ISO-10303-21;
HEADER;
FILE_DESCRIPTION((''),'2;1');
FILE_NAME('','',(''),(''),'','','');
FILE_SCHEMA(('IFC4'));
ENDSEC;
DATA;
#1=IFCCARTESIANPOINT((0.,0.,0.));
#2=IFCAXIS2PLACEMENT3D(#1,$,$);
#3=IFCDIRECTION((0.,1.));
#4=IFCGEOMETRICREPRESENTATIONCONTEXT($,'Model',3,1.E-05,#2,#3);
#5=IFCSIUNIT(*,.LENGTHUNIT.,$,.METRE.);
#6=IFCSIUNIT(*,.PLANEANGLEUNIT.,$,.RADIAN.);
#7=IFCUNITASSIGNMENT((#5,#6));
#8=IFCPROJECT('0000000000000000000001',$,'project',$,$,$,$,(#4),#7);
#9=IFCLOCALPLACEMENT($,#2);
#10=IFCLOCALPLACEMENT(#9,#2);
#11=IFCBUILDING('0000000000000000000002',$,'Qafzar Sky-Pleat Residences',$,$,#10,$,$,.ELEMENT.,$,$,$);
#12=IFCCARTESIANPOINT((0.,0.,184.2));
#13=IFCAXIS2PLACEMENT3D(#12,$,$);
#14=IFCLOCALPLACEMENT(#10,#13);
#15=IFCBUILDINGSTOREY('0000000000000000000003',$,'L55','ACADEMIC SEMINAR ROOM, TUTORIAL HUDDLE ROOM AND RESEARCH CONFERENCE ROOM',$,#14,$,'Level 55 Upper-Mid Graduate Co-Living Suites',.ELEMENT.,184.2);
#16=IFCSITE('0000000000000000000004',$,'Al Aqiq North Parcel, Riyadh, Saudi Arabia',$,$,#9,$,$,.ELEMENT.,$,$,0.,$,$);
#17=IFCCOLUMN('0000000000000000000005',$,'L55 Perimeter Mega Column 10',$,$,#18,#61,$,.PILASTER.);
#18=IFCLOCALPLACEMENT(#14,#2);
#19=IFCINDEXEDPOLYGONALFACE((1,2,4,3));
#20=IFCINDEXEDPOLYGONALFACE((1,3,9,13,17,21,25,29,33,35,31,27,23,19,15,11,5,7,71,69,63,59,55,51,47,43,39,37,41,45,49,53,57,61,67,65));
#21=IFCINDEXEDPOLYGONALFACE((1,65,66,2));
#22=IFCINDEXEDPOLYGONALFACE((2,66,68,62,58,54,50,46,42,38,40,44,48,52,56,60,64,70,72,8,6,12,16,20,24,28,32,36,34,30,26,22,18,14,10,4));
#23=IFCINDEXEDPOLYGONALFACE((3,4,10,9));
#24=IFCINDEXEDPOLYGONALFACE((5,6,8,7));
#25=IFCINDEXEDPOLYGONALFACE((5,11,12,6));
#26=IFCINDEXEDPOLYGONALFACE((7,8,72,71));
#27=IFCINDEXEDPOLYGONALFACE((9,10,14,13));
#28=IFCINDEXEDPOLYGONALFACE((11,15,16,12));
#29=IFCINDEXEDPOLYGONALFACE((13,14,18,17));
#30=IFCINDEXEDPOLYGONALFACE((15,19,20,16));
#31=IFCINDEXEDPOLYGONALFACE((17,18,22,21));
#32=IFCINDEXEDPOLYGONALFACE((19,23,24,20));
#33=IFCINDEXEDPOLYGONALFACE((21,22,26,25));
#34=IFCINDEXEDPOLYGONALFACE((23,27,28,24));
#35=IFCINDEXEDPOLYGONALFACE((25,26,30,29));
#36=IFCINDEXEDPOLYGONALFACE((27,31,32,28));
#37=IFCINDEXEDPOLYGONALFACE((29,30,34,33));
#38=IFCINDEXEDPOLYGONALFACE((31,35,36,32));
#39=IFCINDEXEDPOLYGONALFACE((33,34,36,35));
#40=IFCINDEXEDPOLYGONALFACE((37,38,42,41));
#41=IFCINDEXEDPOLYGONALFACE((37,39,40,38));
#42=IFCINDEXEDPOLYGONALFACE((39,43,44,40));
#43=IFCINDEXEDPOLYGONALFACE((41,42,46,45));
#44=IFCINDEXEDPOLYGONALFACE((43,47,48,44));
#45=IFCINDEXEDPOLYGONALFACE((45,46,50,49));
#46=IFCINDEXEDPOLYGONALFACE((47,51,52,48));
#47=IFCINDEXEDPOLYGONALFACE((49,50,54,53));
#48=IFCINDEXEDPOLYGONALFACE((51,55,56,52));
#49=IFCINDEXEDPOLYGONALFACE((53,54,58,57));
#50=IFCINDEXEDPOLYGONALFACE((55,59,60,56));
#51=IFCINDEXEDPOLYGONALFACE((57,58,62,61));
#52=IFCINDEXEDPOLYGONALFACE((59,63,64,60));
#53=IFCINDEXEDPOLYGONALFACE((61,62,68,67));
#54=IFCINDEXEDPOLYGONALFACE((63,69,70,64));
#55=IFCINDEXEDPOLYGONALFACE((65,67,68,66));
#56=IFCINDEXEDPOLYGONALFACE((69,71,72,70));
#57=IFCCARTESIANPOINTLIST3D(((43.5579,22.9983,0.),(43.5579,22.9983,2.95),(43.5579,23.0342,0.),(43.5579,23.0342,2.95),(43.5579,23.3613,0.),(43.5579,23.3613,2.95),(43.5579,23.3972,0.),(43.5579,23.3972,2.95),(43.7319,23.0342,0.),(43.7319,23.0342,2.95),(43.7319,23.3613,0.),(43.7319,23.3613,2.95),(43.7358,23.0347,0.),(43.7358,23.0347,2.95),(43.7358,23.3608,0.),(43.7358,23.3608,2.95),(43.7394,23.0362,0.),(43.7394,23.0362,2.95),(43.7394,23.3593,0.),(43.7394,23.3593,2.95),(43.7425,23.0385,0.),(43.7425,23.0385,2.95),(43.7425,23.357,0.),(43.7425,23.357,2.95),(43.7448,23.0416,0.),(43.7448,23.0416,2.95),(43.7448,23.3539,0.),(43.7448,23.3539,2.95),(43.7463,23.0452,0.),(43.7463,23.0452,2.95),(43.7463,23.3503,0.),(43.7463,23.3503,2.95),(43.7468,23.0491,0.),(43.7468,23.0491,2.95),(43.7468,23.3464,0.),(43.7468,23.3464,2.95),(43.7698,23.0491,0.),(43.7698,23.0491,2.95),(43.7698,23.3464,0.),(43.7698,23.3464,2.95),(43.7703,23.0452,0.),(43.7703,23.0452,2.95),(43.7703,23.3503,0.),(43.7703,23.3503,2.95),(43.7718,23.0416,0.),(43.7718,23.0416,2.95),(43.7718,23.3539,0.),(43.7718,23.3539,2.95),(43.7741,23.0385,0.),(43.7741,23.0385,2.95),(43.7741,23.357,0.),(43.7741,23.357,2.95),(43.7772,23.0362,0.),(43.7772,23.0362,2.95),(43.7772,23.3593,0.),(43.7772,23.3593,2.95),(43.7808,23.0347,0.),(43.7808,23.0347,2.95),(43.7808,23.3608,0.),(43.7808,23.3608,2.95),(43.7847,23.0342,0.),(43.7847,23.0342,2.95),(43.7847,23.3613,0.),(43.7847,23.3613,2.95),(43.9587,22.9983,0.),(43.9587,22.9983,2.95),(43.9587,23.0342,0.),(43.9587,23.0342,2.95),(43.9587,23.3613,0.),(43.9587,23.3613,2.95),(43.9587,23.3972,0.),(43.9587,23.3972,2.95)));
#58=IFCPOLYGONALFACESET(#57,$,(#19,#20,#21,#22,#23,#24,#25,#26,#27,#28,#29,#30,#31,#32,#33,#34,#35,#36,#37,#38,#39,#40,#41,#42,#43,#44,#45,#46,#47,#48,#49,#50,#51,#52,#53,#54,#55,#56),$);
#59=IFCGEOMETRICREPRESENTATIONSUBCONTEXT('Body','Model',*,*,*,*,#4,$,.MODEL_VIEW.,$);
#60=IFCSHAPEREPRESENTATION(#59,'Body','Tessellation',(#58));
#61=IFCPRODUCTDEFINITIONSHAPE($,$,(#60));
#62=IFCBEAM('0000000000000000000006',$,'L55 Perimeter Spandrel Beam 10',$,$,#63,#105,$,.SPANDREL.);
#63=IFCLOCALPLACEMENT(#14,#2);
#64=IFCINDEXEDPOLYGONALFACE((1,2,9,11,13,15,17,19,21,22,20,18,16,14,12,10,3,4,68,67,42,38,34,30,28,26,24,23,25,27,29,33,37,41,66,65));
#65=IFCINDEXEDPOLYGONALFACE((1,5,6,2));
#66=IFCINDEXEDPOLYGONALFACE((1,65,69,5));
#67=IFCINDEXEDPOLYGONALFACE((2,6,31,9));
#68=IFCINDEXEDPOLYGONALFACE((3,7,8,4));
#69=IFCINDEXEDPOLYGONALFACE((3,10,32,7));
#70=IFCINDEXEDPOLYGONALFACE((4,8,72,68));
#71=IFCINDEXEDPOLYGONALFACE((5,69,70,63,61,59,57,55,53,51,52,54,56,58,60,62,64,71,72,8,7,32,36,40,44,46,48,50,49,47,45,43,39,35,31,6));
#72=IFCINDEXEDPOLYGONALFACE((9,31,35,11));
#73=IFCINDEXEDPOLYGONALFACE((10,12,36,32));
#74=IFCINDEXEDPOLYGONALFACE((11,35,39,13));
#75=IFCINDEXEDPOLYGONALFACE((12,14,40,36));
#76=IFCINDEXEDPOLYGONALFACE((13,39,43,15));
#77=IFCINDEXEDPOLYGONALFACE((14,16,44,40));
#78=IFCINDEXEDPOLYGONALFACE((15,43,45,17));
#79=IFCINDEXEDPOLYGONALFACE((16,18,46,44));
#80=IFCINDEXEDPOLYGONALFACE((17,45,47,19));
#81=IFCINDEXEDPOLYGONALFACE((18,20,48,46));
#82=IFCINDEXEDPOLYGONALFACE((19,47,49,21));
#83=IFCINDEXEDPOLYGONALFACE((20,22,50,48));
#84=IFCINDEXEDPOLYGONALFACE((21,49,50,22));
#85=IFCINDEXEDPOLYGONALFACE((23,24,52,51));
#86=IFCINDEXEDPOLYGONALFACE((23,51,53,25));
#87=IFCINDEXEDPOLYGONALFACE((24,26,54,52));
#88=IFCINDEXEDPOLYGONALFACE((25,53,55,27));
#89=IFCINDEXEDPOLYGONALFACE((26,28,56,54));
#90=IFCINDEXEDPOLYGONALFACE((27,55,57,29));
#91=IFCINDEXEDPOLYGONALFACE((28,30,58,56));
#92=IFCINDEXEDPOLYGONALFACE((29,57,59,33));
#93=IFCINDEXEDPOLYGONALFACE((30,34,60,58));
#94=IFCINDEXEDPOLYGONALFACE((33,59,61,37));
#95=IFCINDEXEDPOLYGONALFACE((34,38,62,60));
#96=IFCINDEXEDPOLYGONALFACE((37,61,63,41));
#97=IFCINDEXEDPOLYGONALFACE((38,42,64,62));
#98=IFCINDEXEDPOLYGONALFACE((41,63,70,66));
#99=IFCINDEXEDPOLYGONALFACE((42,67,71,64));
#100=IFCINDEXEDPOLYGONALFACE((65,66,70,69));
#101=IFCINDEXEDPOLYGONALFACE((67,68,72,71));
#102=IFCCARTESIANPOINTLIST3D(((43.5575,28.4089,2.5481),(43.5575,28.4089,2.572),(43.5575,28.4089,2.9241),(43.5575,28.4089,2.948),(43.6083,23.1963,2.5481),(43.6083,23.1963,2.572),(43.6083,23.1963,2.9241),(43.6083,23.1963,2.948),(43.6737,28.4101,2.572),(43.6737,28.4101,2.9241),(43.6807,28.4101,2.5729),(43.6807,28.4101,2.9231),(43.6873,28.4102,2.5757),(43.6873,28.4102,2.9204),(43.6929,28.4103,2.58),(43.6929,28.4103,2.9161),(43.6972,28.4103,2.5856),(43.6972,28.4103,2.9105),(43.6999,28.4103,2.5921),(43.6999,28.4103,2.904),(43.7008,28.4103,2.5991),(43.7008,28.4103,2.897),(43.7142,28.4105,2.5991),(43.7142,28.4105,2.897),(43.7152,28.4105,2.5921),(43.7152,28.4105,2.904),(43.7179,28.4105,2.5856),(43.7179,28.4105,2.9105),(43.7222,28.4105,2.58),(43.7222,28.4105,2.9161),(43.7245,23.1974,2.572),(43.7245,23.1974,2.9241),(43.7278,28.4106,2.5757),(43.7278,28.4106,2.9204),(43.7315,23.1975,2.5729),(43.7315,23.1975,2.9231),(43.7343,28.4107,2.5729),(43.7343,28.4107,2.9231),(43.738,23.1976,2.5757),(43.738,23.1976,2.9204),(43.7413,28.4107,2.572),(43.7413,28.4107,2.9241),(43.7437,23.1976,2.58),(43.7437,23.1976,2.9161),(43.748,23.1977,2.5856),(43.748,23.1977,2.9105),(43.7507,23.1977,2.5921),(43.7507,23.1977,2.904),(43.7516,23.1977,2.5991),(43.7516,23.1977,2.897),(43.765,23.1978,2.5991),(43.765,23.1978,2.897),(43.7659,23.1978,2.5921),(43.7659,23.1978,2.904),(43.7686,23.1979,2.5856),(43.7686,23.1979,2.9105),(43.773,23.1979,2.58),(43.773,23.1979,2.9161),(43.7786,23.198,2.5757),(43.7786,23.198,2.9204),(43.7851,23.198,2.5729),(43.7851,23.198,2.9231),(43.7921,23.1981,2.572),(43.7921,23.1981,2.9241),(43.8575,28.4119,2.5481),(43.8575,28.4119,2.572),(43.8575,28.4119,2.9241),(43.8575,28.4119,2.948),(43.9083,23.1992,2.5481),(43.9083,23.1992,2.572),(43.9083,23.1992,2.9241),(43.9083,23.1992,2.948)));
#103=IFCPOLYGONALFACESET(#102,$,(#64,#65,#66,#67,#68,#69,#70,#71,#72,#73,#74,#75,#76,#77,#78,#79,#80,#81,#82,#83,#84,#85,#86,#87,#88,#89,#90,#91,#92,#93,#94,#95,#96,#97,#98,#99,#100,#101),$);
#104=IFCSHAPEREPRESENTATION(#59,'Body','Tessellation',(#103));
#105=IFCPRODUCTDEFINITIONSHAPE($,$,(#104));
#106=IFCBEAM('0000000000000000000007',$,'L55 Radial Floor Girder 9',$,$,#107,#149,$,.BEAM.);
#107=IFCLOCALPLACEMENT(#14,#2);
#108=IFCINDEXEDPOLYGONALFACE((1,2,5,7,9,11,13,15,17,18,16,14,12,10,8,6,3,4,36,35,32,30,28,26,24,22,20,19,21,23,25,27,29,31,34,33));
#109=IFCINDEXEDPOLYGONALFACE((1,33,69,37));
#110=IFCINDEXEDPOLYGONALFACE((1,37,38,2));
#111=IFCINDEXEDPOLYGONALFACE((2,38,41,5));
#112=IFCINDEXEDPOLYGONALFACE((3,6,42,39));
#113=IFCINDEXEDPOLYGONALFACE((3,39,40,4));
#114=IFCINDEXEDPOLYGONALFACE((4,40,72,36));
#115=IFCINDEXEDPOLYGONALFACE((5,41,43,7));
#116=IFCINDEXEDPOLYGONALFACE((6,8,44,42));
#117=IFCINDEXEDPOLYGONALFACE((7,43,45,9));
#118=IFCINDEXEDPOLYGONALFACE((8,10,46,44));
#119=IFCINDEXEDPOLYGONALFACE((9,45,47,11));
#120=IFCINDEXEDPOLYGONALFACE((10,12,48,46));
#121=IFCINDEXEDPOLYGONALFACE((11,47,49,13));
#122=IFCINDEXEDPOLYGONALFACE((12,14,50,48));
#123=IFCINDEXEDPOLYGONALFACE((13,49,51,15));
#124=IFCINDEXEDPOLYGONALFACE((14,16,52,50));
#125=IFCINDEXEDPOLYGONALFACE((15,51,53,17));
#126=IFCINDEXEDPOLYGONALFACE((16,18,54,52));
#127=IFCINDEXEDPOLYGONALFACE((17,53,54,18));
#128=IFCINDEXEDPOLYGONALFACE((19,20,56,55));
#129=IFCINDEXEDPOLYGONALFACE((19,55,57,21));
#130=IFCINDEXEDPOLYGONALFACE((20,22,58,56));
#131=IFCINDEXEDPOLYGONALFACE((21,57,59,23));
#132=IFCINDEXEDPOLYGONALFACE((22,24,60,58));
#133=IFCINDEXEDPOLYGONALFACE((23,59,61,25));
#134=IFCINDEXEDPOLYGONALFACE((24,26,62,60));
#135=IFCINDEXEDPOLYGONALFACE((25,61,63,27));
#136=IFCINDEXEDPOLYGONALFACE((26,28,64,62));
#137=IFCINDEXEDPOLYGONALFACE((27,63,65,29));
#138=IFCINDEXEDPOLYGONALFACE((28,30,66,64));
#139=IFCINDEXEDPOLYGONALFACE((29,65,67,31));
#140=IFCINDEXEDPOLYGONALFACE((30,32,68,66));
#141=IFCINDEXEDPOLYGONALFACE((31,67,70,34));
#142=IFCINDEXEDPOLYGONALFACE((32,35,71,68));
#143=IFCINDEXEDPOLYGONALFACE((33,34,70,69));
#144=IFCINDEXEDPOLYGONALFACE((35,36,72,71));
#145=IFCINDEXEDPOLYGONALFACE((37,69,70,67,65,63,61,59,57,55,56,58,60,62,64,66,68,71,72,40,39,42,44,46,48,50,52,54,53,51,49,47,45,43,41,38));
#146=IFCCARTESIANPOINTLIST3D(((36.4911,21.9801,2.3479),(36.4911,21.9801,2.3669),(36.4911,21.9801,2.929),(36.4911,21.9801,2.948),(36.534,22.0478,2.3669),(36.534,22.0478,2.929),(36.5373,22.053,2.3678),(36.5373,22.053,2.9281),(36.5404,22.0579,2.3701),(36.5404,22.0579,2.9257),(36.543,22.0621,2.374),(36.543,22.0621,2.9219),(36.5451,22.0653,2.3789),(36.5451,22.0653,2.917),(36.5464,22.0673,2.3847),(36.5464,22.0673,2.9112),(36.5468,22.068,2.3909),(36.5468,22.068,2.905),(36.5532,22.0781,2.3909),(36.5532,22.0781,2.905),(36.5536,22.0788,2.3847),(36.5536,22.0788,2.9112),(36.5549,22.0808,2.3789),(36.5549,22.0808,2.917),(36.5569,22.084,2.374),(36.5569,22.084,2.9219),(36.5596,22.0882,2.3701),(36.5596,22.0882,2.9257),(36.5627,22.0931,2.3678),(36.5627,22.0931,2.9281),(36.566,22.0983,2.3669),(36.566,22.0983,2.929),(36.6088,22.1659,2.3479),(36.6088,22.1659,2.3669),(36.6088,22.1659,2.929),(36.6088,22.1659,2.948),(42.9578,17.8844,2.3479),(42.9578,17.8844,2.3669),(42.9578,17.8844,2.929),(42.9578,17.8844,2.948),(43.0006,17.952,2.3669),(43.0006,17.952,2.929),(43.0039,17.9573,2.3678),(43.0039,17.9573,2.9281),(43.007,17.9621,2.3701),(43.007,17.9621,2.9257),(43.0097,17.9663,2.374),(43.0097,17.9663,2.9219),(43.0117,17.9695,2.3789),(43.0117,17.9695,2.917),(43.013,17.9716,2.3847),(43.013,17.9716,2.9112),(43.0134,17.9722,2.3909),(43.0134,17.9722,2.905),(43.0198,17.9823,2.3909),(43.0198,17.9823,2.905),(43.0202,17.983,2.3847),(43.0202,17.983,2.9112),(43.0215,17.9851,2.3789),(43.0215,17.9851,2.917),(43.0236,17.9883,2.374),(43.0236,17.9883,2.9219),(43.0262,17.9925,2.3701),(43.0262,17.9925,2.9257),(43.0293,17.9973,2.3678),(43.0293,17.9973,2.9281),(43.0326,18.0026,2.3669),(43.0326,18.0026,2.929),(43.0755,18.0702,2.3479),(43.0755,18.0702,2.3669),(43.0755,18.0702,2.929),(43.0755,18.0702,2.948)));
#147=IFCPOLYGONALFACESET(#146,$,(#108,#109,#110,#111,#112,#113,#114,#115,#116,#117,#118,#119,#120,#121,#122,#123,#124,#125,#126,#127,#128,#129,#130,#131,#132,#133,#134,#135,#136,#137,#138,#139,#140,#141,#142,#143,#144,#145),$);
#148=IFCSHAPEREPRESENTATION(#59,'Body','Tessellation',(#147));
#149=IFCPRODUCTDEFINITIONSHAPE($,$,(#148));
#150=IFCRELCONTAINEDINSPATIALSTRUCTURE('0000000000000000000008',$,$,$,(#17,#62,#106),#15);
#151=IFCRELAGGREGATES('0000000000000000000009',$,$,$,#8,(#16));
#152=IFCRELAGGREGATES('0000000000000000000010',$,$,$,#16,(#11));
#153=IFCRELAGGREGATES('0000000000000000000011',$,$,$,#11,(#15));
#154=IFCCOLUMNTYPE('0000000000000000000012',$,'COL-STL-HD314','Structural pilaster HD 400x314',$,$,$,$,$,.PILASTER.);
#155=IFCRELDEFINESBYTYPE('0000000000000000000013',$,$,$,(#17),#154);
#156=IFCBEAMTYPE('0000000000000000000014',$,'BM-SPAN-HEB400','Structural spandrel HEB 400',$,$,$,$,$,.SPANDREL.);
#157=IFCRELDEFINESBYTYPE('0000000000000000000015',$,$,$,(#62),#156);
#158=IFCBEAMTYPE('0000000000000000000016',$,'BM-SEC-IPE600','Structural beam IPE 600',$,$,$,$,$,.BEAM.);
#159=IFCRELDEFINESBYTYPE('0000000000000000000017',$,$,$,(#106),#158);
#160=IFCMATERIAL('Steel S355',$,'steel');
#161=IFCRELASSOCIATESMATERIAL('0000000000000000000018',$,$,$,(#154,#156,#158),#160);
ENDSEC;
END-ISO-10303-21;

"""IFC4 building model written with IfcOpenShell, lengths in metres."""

from ifc_helpers import new_model, si_unit, direction, frame, origin, origin_2d, place, context, subcontext, project, spatial, i_section, extrude, source, transform, mapped, material, material_profile, profile_set, type_object, element, save


model = new_model("IFC4")

# Units and contexts
model_context = context("Model", 3, precision=1e-05, world=origin(), true_north=direction((0.0, 1.0)))
body_context = subcontext(model_context, "Body", "Model", "MODEL_VIEW")
ifc_project = project(units=[si_unit("LENGTHUNIT", "METRE"), si_unit("PLANEANGLEUNIT", "RADIAN")], contexts=[model_context])

# Site, building, storey
site_placement = place(None, origin())
site = spatial("IfcSite", under=ifc_project, at=site_placement, Name="Al Aqiq North Parcel, Riyadh, Saudi Arabia", CompositionType="ELEMENT", RefElevation=0.0)
building_placement = place(site_placement, origin())
building = spatial("IfcBuilding", under=site, at=building_placement, Name="Qafzar Sky-Pleat Residences", CompositionType="ELEMENT")
storey_placement = place(building_placement, frame((0.0, 0.0, 184.2)))
storey = spatial("IfcBuildingStorey", under=building, at=storey_placement, Name="L55", Description="ACADEMIC SEMINAR ROOM, TUTORIAL HUDDLE ROOM AND RESEARCH CONFERENCE ROOM", LongName="Level 55 Upper-Mid Graduate Co-Living Suites", CompositionType="ELEMENT", Elevation=184.2)

# Column
ifc_material_1 = material(Name="Steel S355", Category="steel")
ifc_material_profile_1 = material_profile(ifc_material_1, i_section(OverallWidth=0.4009, OverallDepth=0.3989, WebThickness=0.0229, FlangeThickness=0.0359, FilletRadius=0.0149, at=origin_2d()), Name="HD 400x314")
ifc_profile_set_1 = profile_set([ifc_material_profile_1], Name="Steel S355")
column_type = type_object("IfcColumnType", Name="COL-STL-HD314", Description="Structural pilaster HD 400x314", PredefinedType="PILASTER", material=ifc_profile_set_1)
shared_shape_1 = source(origin(), body_context, "Body", "SweptSolid", [
    extrude(i_section(OverallWidth=0.4009, OverallDepth=0.3989, WebThickness=0.0229, FlangeThickness=0.0359, FilletRadius=0.0149, at=origin_2d()), origin(), (0.0, 0.0, 1.0), 2.95),
])
column_placement = place(storey_placement, frame((43.7583, 23.1978, 0.0), z_axis=(0.0, 0.0, 1.0), x_axis=(1.0, 0.0, 0.0)))
element("IfcColumn", 1, at=column_placement, inside=storey, type_object=column_type, Name="L55 Perimeter Mega Column 10", PredefinedType="PILASTER", context=body_context, shape_type="MappedRepresentation", body=[
    mapped(shared_shape_1, transform((0.0, 0.0, 0.0), x_axis=(1.0, 0.0, 0.0), y_axis=(0.0, 1.0, 0.0), z_axis=(0.0, 0.0, 1.0), scale=1.0)),
])

# Beams
ifc_material_profile_2 = material_profile(ifc_material_1, i_section(OverallWidth=0.3, OverallDepth=0.3999, WebThickness=0.0134, FlangeThickness=0.0239, FilletRadius=0.0271, at=origin_2d()), Name="HEB 400")
ifc_profile_set_2 = profile_set([ifc_material_profile_2], Name="Steel S355")
beam_type_1 = type_object("IfcBeamType", Name="BM-SPAN-HEB400", Description="Structural spandrel HEB 400", PredefinedType="SPANDREL", material=ifc_profile_set_2)
shared_shape_2 = source(origin(), body_context, "Body", "SweptSolid", [
    extrude(i_section(OverallWidth=0.3, OverallDepth=0.3999, WebThickness=0.0134, FlangeThickness=0.0239, FilletRadius=0.0271, at=origin_2d()), origin(), (0.0, 0.0, 1.0), 5.2129),
])
beam_1_placement = place(storey_placement, frame((43.7583, 23.1978, 2.748), z_axis=(-0.009741, 0.999953, 0.0), x_axis=(-0.999953, -0.009741, 0.0)))
element("IfcBeam", 2, at=beam_1_placement, inside=storey, type_object=beam_type_1, Name="L55 Perimeter Spandrel Beam 10", PredefinedType="SPANDREL", context=body_context, shape_type="MappedRepresentation", body=[
    mapped(shared_shape_2, transform((0.0, 0.0, 0.0), x_axis=(1.0, 0.0, 0.0), y_axis=(0.0, 1.0, 0.0), z_axis=(0.0, 0.0, 1.0), scale=1.0)),
])
ifc_material_profile_3 = material_profile(ifc_material_1, i_section(OverallWidth=0.22, OverallDepth=0.6001, WebThickness=0.012, FlangeThickness=0.019, FilletRadius=0.0239, at=origin_2d()), Name="IPE 600")
ifc_profile_set_3 = profile_set([ifc_material_profile_3], Name="Steel S355")
beam_type_2 = type_object("IfcBeamType", Name="BM-SEC-IPE600", Description="Structural beam IPE 600", PredefinedType="BEAM", material=ifc_profile_set_3)
shared_shape_3 = source(origin(), body_context, "Body", "SweptSolid", [
    extrude(i_section(OverallWidth=0.22, OverallDepth=0.6001, WebThickness=0.012, FlangeThickness=0.019, FilletRadius=0.0239, at=origin_2d()), origin(), (0.0, 0.0, 1.0), 7.6545),
])
beam_2_placement = place(storey_placement, frame((43.0166, 17.9773, 2.6479), z_axis=(-0.844806, 0.535073, 0.0), x_axis=(-0.535073, -0.844806, 0.0)))
element("IfcBeam", 3, at=beam_2_placement, inside=storey, type_object=beam_type_2, Name="L55 Radial Floor Girder 9", PredefinedType="BEAM", context=body_context, shape_type="MappedRepresentation", body=[
    mapped(shared_shape_3, transform((0.0, 0.0, 0.0), x_axis=(1.0, 0.0, 0.0), y_axis=(0.0, 1.0, 0.0), z_axis=(0.0, 0.0, 1.0), scale=1.0)),
])

save(model, "model.ifc")
